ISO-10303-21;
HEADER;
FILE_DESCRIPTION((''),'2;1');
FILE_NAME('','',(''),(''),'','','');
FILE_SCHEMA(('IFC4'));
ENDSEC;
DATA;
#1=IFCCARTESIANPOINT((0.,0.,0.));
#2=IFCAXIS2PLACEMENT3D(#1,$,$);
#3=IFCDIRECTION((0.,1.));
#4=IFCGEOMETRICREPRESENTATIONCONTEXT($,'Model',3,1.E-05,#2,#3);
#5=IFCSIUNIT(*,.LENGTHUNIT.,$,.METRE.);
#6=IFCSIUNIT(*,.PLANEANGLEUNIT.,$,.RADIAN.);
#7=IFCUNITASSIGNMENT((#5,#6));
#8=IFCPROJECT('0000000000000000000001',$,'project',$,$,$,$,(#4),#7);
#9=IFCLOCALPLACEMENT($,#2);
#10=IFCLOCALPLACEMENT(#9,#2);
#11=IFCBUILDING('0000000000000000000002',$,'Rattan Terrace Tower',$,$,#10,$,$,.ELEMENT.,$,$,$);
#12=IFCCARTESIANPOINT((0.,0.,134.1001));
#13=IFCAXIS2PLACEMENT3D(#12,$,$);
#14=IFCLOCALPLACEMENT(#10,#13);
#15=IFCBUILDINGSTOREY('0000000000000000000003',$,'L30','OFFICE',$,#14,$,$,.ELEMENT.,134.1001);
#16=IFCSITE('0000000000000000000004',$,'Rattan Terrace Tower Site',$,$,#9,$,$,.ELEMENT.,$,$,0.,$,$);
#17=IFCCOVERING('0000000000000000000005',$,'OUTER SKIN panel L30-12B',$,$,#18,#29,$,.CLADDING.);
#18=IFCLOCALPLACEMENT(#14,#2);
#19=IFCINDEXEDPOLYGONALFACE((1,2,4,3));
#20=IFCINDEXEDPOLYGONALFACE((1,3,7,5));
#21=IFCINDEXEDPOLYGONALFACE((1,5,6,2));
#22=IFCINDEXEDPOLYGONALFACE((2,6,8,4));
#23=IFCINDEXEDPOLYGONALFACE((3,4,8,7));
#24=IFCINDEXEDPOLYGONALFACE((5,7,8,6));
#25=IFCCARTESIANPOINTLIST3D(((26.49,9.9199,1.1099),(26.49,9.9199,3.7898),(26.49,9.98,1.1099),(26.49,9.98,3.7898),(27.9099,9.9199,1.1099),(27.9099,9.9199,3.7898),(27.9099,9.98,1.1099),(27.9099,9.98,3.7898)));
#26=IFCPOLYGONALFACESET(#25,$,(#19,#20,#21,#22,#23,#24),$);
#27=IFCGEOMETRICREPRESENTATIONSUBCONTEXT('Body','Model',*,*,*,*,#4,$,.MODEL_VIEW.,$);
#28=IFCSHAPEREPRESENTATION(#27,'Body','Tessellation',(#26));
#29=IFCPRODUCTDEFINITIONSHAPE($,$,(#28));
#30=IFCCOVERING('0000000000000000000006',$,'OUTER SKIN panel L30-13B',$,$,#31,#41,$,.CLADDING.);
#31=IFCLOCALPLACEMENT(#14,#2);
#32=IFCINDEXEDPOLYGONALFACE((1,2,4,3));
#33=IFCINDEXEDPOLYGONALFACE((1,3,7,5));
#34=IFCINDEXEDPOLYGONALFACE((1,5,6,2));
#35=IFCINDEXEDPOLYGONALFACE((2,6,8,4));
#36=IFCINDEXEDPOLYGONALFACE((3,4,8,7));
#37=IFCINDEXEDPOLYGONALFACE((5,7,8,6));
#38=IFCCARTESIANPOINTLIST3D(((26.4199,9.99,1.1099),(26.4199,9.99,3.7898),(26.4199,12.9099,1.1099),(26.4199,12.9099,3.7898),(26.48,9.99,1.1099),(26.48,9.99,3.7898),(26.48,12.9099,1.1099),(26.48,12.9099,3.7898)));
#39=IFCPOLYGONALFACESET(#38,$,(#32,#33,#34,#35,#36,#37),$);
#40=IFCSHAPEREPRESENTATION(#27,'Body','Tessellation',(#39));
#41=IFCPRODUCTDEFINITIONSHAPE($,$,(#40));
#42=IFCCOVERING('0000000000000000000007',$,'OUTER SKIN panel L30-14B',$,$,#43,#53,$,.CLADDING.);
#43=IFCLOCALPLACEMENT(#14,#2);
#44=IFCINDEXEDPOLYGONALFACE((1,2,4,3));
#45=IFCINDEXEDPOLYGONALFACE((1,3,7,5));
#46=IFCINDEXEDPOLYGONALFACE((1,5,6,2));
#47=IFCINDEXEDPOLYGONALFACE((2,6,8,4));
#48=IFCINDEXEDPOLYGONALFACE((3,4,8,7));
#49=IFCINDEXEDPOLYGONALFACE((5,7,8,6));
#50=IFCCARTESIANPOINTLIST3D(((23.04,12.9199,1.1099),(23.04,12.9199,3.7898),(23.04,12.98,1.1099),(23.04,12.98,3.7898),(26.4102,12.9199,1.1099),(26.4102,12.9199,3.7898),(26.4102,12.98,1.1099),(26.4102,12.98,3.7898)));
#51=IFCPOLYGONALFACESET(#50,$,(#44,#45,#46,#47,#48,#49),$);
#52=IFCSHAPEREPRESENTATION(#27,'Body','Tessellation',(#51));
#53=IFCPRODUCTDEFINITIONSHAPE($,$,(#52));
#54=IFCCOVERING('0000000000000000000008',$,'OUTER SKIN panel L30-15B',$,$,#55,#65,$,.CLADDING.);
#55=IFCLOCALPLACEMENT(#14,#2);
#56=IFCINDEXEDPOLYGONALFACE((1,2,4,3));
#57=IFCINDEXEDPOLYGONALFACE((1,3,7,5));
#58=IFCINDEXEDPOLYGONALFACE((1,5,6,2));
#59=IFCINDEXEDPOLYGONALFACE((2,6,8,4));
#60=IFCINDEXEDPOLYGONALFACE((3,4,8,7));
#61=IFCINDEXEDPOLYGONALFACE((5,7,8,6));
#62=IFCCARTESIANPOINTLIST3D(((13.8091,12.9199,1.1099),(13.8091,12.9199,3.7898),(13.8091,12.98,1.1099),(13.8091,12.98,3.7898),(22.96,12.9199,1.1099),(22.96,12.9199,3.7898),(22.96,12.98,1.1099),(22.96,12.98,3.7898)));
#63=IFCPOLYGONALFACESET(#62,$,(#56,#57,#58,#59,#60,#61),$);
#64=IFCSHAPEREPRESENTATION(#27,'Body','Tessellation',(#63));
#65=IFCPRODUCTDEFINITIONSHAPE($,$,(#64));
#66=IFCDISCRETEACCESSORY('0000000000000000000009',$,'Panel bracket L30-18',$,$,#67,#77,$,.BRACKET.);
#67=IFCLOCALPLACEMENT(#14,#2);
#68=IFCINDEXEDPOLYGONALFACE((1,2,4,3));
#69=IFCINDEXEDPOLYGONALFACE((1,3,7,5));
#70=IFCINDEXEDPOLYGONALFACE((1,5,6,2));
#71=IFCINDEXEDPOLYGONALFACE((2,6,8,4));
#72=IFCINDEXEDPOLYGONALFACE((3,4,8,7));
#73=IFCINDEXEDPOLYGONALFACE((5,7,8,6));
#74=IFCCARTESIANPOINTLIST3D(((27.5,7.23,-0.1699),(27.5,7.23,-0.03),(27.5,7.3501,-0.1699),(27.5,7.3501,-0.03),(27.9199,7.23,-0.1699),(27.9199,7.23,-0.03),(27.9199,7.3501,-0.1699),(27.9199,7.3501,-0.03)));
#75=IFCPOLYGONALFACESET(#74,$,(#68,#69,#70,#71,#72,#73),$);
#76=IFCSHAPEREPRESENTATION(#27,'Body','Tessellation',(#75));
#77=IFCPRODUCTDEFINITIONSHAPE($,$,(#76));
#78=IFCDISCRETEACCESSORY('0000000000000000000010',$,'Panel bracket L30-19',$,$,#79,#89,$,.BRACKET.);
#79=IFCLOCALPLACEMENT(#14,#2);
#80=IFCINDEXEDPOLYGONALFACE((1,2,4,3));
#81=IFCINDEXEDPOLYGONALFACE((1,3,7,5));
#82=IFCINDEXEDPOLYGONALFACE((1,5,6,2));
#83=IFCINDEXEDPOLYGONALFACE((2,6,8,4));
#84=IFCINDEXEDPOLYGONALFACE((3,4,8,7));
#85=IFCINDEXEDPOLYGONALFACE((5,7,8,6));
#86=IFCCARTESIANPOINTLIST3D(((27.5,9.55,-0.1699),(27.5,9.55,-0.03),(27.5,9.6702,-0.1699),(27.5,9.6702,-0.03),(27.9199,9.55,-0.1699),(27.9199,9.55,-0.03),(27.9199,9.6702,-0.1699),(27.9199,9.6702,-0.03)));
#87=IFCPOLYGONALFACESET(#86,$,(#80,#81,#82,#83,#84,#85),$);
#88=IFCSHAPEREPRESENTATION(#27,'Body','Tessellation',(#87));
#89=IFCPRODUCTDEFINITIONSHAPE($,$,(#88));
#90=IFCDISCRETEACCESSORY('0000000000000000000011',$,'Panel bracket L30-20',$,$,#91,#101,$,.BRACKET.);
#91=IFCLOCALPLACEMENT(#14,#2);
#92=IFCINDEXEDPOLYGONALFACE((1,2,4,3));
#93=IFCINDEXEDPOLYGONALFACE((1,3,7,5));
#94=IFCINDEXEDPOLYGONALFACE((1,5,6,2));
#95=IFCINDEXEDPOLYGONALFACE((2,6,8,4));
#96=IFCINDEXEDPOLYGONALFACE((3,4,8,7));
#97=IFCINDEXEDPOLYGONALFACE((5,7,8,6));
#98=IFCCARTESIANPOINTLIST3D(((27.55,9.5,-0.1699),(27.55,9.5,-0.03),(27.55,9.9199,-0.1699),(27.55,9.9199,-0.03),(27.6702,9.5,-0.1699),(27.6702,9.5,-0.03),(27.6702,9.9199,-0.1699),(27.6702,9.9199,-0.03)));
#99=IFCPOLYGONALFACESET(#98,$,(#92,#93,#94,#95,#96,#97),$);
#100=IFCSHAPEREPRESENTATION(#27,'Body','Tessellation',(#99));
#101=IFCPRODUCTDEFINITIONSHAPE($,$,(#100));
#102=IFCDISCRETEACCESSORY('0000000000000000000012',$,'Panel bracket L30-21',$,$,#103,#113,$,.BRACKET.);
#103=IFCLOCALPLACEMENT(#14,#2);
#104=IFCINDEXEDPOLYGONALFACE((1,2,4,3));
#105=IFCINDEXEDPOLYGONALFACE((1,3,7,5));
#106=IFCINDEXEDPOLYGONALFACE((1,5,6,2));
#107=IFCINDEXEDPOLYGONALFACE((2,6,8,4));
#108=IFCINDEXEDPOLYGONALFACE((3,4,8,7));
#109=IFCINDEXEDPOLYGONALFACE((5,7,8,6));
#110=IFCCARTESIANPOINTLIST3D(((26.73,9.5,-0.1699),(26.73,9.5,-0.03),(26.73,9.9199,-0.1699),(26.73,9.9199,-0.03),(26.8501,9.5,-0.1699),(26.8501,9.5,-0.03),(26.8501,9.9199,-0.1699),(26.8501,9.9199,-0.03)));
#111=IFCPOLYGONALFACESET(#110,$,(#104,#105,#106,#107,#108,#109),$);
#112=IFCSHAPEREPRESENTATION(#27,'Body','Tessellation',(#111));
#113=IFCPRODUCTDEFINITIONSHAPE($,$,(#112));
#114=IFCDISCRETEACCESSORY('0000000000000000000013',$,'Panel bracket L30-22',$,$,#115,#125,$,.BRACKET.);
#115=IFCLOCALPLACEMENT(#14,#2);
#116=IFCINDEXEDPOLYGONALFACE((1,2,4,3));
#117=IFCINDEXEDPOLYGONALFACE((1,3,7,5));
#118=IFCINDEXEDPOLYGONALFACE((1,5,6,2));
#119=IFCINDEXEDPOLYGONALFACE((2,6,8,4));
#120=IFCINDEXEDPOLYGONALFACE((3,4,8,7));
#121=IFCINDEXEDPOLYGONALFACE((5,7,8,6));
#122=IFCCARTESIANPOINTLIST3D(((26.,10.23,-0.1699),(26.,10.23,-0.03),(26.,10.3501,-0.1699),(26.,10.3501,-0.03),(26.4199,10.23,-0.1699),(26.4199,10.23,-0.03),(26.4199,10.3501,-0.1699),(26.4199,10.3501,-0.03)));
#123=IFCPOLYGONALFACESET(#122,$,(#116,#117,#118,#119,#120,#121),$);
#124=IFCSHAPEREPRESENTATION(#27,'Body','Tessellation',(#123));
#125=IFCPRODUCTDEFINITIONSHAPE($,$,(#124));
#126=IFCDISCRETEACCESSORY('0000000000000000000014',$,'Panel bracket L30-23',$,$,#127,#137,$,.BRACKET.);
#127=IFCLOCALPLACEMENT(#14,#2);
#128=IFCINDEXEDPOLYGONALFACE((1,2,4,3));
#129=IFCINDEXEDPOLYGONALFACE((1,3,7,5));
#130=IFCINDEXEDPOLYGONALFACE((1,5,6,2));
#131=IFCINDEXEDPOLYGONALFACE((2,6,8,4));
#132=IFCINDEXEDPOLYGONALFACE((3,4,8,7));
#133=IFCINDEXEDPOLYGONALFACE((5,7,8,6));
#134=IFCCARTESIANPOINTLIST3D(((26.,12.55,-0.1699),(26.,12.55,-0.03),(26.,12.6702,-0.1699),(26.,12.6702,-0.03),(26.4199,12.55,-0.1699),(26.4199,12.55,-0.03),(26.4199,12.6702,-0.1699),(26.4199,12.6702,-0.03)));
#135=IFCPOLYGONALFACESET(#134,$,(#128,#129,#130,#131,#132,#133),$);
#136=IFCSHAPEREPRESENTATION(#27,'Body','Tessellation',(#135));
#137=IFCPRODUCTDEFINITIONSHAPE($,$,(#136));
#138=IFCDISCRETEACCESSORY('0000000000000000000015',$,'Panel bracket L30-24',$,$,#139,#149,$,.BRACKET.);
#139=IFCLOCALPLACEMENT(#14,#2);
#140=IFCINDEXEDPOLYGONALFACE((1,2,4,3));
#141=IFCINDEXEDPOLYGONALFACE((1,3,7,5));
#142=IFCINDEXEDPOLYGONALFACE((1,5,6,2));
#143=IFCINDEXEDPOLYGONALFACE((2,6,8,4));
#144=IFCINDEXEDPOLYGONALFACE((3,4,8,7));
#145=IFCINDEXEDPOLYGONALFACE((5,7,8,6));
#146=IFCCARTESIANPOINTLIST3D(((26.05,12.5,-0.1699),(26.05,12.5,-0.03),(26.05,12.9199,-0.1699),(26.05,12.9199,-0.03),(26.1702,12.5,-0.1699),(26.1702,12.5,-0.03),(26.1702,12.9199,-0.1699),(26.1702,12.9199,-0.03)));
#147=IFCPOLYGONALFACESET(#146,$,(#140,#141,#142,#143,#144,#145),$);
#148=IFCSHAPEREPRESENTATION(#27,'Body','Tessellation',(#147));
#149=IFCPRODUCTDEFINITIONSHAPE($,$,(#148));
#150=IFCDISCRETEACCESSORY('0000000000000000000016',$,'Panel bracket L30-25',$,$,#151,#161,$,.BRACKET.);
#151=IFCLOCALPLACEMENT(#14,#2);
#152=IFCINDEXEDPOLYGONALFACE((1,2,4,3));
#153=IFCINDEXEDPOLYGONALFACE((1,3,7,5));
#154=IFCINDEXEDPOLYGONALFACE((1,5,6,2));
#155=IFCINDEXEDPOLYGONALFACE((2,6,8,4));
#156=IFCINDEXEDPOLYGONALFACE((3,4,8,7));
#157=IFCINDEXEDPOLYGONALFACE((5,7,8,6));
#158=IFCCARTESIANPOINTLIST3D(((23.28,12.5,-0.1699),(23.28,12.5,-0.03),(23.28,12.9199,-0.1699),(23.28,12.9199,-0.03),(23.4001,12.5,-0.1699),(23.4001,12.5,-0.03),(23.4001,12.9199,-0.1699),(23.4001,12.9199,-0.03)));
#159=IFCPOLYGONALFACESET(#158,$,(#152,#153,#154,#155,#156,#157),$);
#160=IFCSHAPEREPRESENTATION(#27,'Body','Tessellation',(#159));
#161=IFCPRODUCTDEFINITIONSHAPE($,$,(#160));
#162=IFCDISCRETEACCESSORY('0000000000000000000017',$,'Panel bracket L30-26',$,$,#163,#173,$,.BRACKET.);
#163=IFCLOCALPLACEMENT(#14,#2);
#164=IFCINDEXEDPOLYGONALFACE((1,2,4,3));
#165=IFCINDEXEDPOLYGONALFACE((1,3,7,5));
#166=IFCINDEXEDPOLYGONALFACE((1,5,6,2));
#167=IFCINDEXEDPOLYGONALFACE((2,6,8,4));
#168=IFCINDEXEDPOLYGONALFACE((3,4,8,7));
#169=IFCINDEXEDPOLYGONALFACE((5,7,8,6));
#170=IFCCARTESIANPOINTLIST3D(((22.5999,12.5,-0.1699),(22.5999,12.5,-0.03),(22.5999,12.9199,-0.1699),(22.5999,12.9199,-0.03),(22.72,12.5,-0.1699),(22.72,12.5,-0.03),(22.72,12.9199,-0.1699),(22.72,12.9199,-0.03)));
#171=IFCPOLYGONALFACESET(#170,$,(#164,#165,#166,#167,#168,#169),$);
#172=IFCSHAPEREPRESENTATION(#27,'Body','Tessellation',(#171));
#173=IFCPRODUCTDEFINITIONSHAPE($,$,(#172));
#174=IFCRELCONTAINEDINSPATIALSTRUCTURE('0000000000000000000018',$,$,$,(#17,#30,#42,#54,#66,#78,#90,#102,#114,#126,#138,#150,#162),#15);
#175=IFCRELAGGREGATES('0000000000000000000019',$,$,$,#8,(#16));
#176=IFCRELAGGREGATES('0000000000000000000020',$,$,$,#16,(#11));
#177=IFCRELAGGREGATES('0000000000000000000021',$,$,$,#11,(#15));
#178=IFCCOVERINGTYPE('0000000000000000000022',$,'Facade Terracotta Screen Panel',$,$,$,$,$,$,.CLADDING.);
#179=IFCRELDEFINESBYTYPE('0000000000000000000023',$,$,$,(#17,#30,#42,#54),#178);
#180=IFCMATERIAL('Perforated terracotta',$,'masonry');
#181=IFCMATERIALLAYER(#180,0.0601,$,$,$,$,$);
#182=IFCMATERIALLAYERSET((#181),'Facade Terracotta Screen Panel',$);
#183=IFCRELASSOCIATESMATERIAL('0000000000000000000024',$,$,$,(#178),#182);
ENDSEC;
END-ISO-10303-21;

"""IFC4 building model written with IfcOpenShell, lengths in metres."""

from ifc_helpers import new_model, si_unit, direction, frame, origin, origin_2d, place, context, subcontext, project, spatial, rectangle, extrude, material, layer, layer_set, type_object, element, save


model = new_model("IFC4")

# Units and contexts
model_context = context("Model", 3, precision=1e-05, world=origin(), true_north=direction((0.0, 1.0)))
body_context = subcontext(model_context, "Body", "Model", "MODEL_VIEW")
ifc_project = project(units=[si_unit("LENGTHUNIT", "METRE"), si_unit("PLANEANGLEUNIT", "RADIAN")], contexts=[model_context])

# Site, building, storey
site_placement = place(None, origin())
site = spatial("IfcSite", under=ifc_project, at=site_placement, Name="Rattan Terrace Tower Site", CompositionType="ELEMENT", RefElevation=0.0)
building_placement = place(site_placement, origin())
building = spatial("IfcBuilding", under=site, at=building_placement, Name="Rattan Terrace Tower", CompositionType="ELEMENT")
storey_placement = place(building_placement, frame((0.0, 0.0, 134.1001)))
storey = spatial("IfcBuildingStorey", under=building, at=storey_placement, Name="L30", Description="OFFICE", CompositionType="ELEMENT", Elevation=134.1001)

# Coverings
ifc_material_1 = material(Name="Perforated terracotta", Category="masonry")
ifc_layer_1 = layer(ifc_material_1, 0.0601)
ifc_layer_set_1 = layer_set([ifc_layer_1], Name="Facade Terracotta Screen Panel")
covering_type_1 = type_object("IfcCoveringType", Name="Facade Terracotta Screen Panel", PredefinedType="CLADDING", material=ifc_layer_set_1)
covering_1_placement = place(storey_placement, frame((27.2, 9.95, 1.1099), z_axis=(0.0, 0.0, 1.0), x_axis=(-1.0, 0.0, 0.0)))
element("IfcCovering", 1, at=covering_1_placement, inside=storey, type_object=covering_type_1, Name="OUTER SKIN panel L30-12B", PredefinedType="CLADDING", context=body_context, shape_type="SweptSolid", body=[
    extrude(rectangle(XDim=1.4199, YDim=0.0601, at=origin_2d()), origin(), (0.0, 0.0, 1.0), 2.6799),
])
covering_2_placement = place(storey_placement, frame((26.45, 11.45, 1.1099), z_axis=(0.0, 0.0, 1.0), x_axis=(0.0, 1.0, 0.0)))
element("IfcCovering", 2, at=covering_2_placement, inside=storey, type_object=covering_type_1, Name="OUTER SKIN panel L30-13B", PredefinedType="CLADDING", context=body_context, shape_type="SweptSolid", body=[
    extrude(rectangle(XDim=2.9199, YDim=0.0601, at=origin_2d()), origin(), (0.0, 0.0, 1.0), 2.6799),
])
covering_3_placement = place(storey_placement, frame((24.7251, 12.95, 1.1099), z_axis=(0.0, 0.0, 1.0), x_axis=(-1.0, 0.0, 0.0)))
element("IfcCovering", 3, at=covering_3_placement, inside=storey, type_object=covering_type_1, Name="OUTER SKIN panel L30-14B", PredefinedType="CLADDING", context=body_context, shape_type="SweptSolid", body=[
    extrude(rectangle(XDim=3.3701, YDim=0.0601, at=origin_2d()), origin(), (0.0, 0.0, 1.0), 2.6799),
])
covering_4_placement = place(storey_placement, frame((18.3845, 12.95, 1.1099), z_axis=(0.0, 0.0, 1.0), x_axis=(-1.0, 0.0, 0.0)))
element("IfcCovering", 4, at=covering_4_placement, inside=storey, type_object=covering_type_1, Name="OUTER SKIN panel L30-15B", PredefinedType="CLADDING", context=body_context, shape_type="SweptSolid", body=[
    extrude(rectangle(XDim=9.1509, YDim=0.0601, at=origin_2d()), origin(), (0.0, 0.0, 1.0), 2.6799),
])

# Discrete accessories
for number, where, z_axis, x_axis, name in (
    (5, (27.71, 7.29, -0.1699), (0.0, 0.0, 1.0), (0.0, 1.0, 0.0), "Panel bracket L30-18"),
    (6, (27.71, 9.6101, -0.1699), (0.0, 0.0, 1.0), (0.0, 1.0, 0.0), "Panel bracket L30-19"),
    (7, (27.6101, 9.71, -0.1699), (0.0, 0.0, 1.0), (-1.0, 0.0, 0.0), "Panel bracket L30-20"),
    (8, (26.79, 9.71, -0.1699), (0.0, 0.0, 1.0), (-1.0, 0.0, 0.0), "Panel bracket L30-21"),
    (9, (26.21, 10.29, -0.1699), (0.0, 0.0, 1.0), (0.0, 1.0, 0.0), "Panel bracket L30-22"),
    (10, (26.21, 12.6101, -0.1699), (0.0, 0.0, 1.0), (0.0, 1.0, 0.0), "Panel bracket L30-23"),
    (11, (26.1101, 12.71, -0.1699), (0.0, 0.0, 1.0), (-1.0, 0.0, 0.0), "Panel bracket L30-24"),
    (12, (23.3401, 12.71, -0.1699), (0.0, 0.0, 1.0), (-1.0, 0.0, 0.0), "Panel bracket L30-25"),
    (13, (22.6599, 12.71, -0.1699), (0.0, 0.0, 1.0), (-1.0, 0.0, 0.0), "Panel bracket L30-26"),
):
    element("IfcDiscreteAccessory", number, at=place(storey_placement, frame(where, z_axis=z_axis, x_axis=x_axis)), inside=storey, Name=name, PredefinedType="BRACKET", context=body_context, shape_type="SweptSolid", body=[
        extrude(rectangle(XDim=0.1201, YDim=0.4199, at=origin_2d()), origin(), (0.0, 0.0, 1.0), 0.1399),
    ])

save(model, "model.ifc")
